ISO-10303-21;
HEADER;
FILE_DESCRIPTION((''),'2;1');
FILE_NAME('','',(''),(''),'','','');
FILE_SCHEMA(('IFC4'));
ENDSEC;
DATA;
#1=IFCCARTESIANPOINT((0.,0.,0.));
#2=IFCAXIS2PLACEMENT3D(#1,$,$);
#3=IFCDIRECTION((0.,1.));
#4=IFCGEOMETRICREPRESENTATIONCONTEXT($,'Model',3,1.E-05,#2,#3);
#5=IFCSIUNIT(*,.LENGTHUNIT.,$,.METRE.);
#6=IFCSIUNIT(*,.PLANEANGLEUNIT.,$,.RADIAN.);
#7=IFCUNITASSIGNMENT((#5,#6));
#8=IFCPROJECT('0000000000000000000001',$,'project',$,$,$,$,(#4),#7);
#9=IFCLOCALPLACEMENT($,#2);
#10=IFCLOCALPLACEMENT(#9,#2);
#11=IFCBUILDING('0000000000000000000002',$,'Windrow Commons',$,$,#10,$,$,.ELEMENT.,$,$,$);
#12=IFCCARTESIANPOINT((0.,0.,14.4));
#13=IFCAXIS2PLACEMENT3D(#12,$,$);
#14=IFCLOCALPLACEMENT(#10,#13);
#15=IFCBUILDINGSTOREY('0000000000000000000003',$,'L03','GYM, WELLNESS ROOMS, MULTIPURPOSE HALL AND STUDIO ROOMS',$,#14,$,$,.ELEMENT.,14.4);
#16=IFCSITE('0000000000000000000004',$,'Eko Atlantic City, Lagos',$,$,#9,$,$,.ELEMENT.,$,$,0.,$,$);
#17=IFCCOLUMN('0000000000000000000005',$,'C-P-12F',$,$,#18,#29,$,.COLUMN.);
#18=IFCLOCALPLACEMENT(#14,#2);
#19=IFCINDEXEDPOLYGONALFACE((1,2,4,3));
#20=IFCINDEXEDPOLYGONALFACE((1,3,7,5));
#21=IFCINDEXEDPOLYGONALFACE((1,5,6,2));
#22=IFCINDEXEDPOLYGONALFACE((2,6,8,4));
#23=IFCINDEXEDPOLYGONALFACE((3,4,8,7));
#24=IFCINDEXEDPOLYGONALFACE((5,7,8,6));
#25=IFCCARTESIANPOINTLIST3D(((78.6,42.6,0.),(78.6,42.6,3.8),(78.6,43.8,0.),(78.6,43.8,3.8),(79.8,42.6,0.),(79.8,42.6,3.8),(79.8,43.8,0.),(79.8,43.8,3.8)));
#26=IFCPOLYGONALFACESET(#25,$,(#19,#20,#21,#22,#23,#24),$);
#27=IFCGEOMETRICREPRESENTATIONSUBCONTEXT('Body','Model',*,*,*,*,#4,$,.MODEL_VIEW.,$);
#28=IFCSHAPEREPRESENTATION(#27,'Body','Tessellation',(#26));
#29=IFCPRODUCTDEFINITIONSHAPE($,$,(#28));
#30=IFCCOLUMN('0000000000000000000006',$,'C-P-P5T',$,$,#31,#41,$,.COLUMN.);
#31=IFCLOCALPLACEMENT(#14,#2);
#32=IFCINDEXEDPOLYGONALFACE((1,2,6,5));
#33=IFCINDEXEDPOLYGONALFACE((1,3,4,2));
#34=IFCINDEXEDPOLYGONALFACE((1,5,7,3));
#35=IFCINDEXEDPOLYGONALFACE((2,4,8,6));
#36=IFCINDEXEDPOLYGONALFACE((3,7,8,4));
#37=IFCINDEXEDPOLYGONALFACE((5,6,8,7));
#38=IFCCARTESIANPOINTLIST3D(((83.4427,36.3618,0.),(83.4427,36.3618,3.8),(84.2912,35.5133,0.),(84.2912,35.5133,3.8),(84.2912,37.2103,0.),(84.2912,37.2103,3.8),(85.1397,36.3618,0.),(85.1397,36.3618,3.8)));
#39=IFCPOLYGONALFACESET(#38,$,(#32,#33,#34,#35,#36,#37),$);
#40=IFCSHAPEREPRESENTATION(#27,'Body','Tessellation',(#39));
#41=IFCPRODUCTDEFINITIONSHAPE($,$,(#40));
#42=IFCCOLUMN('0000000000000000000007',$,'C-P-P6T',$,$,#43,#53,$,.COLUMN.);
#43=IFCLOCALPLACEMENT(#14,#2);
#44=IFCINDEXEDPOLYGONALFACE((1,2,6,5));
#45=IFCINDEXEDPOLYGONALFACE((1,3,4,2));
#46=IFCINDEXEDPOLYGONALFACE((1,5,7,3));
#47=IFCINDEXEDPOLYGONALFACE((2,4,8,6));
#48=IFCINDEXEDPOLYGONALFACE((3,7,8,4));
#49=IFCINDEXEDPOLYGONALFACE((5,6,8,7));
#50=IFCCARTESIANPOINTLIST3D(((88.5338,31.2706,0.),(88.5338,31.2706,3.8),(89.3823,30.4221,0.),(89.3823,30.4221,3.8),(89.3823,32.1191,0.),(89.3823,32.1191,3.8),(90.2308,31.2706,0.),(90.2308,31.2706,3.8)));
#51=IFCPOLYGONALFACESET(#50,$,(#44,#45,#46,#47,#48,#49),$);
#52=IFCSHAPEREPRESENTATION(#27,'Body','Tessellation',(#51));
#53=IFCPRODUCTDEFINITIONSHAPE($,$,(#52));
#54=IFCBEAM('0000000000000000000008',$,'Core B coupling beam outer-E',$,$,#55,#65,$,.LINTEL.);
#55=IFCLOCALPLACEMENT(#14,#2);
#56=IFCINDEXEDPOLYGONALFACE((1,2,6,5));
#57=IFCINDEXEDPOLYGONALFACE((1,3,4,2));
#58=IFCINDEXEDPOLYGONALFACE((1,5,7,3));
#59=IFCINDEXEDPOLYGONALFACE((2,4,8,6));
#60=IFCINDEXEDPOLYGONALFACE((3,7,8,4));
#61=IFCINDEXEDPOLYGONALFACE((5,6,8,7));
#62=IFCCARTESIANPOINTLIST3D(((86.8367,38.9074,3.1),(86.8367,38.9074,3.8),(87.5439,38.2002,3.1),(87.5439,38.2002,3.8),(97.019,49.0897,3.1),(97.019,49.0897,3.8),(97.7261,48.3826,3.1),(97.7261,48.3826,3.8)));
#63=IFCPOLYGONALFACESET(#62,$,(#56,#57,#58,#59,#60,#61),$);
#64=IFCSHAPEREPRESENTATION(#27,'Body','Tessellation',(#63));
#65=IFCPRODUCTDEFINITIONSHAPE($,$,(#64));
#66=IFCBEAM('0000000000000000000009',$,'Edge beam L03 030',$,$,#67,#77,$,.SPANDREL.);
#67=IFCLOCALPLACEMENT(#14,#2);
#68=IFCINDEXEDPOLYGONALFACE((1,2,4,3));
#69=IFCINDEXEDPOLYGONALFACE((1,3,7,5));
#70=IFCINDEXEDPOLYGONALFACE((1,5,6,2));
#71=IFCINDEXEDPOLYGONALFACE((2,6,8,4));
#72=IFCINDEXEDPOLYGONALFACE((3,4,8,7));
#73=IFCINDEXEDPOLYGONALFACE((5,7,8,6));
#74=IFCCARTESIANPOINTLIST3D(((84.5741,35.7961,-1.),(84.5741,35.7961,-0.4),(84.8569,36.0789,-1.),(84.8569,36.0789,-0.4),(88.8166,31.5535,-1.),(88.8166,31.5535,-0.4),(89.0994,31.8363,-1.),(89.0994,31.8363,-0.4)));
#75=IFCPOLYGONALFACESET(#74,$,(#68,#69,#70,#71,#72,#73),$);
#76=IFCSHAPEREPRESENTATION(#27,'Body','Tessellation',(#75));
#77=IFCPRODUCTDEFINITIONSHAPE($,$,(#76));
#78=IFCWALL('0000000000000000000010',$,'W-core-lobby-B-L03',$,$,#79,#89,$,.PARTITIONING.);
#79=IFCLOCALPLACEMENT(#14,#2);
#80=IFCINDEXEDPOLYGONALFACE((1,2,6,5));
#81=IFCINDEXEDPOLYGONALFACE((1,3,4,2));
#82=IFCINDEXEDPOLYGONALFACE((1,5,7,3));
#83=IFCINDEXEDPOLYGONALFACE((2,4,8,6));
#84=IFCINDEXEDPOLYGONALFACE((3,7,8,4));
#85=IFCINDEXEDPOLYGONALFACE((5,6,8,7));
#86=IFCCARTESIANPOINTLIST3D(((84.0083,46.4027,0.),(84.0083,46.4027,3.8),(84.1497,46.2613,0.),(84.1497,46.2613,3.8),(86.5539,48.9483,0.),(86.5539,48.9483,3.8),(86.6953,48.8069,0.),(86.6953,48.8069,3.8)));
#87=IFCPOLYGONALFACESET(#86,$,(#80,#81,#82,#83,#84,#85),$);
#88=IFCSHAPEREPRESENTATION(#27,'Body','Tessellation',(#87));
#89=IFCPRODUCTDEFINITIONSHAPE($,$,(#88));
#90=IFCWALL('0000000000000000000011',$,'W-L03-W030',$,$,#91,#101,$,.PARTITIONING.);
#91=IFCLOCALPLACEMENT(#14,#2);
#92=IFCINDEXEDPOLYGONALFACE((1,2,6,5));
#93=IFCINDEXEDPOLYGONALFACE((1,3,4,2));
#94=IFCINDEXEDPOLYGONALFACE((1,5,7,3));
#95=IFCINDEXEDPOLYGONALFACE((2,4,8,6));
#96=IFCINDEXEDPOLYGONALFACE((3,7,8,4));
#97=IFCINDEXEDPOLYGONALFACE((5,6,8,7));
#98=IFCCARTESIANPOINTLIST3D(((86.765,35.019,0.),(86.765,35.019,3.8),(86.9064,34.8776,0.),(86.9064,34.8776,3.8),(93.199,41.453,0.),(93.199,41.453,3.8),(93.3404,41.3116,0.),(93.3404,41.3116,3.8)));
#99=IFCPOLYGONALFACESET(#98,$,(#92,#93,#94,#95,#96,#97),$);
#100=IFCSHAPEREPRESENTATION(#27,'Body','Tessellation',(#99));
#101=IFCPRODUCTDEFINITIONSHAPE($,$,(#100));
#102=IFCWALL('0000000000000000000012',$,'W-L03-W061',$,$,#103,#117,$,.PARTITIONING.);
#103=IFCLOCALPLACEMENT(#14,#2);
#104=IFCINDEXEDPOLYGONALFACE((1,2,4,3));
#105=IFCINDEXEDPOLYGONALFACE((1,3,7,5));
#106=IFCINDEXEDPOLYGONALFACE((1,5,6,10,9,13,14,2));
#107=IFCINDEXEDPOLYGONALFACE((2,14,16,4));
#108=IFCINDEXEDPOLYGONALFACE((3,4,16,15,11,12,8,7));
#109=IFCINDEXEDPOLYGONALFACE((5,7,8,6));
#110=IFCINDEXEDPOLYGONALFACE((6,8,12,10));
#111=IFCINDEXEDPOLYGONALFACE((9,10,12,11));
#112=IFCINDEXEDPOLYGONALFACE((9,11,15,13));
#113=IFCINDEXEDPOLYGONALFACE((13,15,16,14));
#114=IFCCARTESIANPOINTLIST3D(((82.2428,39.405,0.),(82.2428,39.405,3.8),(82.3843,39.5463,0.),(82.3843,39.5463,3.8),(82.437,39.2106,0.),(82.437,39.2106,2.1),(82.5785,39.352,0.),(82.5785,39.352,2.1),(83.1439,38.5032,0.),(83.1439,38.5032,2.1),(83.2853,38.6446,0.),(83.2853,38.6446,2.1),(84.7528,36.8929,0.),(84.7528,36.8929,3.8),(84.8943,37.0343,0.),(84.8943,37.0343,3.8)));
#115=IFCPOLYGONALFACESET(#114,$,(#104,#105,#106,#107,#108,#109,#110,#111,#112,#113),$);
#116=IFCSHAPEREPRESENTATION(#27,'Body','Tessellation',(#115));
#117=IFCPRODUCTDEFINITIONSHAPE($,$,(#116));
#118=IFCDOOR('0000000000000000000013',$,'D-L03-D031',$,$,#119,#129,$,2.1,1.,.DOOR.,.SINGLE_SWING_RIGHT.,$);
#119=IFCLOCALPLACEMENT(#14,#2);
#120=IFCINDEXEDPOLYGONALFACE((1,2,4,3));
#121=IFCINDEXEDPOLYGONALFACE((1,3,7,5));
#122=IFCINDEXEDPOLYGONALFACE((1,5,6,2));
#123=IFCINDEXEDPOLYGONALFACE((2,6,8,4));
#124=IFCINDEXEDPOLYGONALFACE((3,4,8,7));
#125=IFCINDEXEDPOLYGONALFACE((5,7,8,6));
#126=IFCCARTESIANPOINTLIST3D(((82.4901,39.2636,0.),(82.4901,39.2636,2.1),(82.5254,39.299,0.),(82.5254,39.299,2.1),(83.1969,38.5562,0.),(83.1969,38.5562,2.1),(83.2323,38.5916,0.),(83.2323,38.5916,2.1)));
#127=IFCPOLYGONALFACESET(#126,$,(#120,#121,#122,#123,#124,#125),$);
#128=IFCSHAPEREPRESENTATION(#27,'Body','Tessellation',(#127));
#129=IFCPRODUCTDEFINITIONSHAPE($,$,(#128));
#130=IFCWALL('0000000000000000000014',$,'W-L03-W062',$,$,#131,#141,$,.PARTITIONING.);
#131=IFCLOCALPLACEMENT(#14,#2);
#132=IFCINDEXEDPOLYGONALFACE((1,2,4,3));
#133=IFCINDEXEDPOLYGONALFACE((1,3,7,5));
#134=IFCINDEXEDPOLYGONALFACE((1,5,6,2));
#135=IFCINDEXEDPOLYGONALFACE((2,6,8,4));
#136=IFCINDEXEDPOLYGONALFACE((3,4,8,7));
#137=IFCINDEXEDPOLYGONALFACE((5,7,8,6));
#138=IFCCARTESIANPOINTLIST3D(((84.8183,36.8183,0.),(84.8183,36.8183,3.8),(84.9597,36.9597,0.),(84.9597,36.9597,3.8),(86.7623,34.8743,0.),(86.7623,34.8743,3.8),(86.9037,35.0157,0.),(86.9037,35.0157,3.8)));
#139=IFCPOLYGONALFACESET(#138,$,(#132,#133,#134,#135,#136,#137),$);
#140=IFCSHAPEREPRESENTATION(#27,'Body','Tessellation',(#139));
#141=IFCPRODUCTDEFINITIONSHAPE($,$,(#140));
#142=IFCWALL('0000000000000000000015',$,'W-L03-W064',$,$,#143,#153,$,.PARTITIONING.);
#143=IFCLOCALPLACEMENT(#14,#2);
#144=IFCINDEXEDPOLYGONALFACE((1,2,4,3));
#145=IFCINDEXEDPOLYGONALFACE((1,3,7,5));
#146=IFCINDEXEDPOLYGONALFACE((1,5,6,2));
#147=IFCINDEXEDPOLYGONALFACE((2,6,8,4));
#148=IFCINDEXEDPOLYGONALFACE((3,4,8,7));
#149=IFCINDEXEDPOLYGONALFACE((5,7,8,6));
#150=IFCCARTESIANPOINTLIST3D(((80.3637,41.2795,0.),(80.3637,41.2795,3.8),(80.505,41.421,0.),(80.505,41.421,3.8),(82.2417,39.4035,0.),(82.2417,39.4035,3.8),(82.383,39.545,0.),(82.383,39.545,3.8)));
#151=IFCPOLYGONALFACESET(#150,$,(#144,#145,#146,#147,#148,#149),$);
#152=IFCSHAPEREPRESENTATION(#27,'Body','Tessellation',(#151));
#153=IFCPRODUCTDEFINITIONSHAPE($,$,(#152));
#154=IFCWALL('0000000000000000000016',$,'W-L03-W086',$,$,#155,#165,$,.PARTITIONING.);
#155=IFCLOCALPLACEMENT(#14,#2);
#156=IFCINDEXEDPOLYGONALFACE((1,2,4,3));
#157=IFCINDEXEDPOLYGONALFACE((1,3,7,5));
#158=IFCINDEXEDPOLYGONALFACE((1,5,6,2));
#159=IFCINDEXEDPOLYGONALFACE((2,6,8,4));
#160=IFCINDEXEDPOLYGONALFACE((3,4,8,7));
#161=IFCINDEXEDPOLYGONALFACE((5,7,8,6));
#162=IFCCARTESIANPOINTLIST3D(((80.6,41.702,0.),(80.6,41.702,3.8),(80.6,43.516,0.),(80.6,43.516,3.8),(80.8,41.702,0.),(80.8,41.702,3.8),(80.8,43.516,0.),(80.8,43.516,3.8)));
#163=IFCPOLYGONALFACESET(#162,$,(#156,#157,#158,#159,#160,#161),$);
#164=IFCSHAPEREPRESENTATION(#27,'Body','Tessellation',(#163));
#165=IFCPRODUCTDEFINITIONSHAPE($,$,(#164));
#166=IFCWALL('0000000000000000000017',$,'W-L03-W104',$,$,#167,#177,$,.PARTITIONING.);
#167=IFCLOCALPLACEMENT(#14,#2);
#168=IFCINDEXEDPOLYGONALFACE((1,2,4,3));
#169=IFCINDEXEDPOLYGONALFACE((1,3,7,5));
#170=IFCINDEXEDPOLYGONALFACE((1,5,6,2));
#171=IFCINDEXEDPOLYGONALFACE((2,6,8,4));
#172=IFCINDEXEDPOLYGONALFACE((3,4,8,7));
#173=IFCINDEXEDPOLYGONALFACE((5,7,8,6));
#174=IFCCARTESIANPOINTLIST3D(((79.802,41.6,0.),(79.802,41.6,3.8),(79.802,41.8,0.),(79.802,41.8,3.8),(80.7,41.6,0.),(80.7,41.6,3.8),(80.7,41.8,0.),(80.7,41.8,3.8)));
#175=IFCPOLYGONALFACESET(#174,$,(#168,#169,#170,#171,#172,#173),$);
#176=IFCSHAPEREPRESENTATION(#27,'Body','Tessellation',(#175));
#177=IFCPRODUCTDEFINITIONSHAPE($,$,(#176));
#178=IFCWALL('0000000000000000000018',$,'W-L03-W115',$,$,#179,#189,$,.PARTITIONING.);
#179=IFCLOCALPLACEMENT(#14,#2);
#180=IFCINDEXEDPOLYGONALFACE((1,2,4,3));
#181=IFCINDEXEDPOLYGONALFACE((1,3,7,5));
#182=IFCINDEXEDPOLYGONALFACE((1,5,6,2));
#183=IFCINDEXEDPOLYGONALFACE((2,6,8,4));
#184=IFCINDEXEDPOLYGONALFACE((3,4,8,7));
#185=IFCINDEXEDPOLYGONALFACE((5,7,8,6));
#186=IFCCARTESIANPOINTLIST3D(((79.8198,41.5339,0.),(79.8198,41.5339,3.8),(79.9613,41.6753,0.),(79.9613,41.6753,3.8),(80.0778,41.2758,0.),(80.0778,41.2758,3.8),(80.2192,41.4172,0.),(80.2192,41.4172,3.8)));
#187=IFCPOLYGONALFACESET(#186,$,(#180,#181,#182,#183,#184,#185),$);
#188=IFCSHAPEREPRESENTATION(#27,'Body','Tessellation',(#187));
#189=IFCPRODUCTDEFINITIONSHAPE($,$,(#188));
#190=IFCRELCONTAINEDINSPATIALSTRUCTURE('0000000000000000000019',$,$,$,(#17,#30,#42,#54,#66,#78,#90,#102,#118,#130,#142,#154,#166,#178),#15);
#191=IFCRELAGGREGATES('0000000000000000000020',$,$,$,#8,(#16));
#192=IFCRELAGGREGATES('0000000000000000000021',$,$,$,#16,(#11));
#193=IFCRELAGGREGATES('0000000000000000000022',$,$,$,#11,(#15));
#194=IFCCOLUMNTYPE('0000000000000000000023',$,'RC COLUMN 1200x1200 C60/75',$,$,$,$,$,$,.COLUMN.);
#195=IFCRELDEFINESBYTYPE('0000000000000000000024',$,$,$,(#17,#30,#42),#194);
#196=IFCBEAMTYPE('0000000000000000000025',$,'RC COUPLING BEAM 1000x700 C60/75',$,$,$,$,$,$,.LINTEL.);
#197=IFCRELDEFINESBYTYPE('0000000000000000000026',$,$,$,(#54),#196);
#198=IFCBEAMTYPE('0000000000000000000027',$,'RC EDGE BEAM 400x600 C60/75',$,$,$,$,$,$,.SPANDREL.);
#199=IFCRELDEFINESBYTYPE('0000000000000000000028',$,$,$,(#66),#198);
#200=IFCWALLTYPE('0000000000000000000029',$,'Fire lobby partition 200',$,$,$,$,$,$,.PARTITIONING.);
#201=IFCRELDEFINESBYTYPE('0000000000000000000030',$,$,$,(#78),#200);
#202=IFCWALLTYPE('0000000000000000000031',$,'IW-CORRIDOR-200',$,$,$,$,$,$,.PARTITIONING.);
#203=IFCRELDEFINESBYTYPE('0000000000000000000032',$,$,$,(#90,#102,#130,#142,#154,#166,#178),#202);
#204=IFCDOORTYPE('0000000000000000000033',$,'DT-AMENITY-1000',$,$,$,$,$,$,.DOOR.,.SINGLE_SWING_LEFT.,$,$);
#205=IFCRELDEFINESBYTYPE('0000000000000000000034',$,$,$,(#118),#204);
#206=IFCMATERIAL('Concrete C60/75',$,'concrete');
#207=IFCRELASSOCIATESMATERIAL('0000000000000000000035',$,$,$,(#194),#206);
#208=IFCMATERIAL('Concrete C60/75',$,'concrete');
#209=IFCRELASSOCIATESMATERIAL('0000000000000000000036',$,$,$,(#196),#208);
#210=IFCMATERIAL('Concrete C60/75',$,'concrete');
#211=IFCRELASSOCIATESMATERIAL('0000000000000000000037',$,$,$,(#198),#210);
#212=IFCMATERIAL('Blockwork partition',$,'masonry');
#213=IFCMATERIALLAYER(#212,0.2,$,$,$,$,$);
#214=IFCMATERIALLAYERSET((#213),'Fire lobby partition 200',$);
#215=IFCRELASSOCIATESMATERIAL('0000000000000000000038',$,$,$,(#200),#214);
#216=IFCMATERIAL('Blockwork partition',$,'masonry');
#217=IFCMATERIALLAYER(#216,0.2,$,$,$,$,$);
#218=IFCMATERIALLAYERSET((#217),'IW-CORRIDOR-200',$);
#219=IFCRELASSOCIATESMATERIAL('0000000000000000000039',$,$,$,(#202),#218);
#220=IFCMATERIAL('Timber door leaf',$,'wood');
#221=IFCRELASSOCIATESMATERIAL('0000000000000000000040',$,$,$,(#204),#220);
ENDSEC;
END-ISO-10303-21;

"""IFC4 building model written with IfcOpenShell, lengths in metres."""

from ifc_helpers import new_model, si_unit, direction, frame, frame_2d, origin, origin_2d, place, context, subcontext, project, spatial, rectangle, extrude, material, layer, layer_set, material_profile, profile_set, type_object, element, fill, save


model = new_model("IFC4")

# Units and contexts
model_context = context("Model", 3, precision=1e-05, world=origin(), true_north=direction((0.0, 1.0)))
body_context = subcontext(model_context, "Body", "Model", "MODEL_VIEW")
ifc_project = project(units=[si_unit("LENGTHUNIT", "METRE"), si_unit("PLANEANGLEUNIT", "RADIAN")], contexts=[model_context])

# Site, building, storey
site_placement = place(None, origin())
site = spatial("IfcSite", under=ifc_project, at=site_placement, Name="Eko Atlantic City, Lagos", CompositionType="ELEMENT", RefElevation=0.0)
building_placement = place(site_placement, origin())
building = spatial("IfcBuilding", under=site, at=building_placement, Name="Windrow Commons", CompositionType="ELEMENT")
storey_placement = place(building_placement, frame((0.0, 0.0, 14.4)))
storey = spatial("IfcBuildingStorey", under=building, at=storey_placement, Name="L03", Description="GYM, WELLNESS ROOMS, MULTIPURPOSE HALL AND STUDIO ROOMS", CompositionType="ELEMENT", Elevation=14.4)

# Columns
ifc_material_1 = material(Name="Concrete C60/75", Category="concrete")
ifc_material_profile_1 = material_profile(ifc_material_1, rectangle(XDim=1.2, YDim=1.2, at=origin_2d()))
ifc_profile_set_1 = profile_set([ifc_material_profile_1], Name="Concrete C60/75")
column_type = type_object("IfcColumnType", Name="RC COLUMN 1200x1200 C60/75", PredefinedType="COLUMN", material=ifc_profile_set_1)
for number, where, z_axis, x_axis, name in (
    (1, (79.2, 43.2, 0.0), (0.0, 0.0, 1.0), (1.0, 0.0, 0.0), "C-P-12F"),
    (2, (84.2912, 36.3618, 0.0), (0.0, 0.0, 1.0), (0.707107, -0.707107, 0.0), "C-P-P5T"),
    (3, (89.3823, 31.2706, 0.0), (0.0, 0.0, 1.0), (0.707107, -0.707107, 0.0), "C-P-P6T"),
):
    element("IfcColumn", number, at=place(storey_placement, frame(where, z_axis=z_axis, x_axis=x_axis)), inside=storey, type_object=column_type, Name=name, PredefinedType="COLUMN", context=body_context, shape_type="SweptSolid", body=[
        extrude(rectangle(XDim=1.2, YDim=1.2, at=origin_2d()), origin(), (0.0, 0.0, 1.0), 3.8),
    ])

# Beams
ifc_material_2 = material(Name="Concrete C60/75", Category="concrete")
ifc_material_profile_2 = material_profile(ifc_material_2, rectangle(XDim=1.0, YDim=0.7, at=origin_2d()))
ifc_profile_set_2 = profile_set([ifc_material_profile_2], Name="Concrete C60/75")
beam_type_1 = type_object("IfcBeamType", Name="RC COUPLING BEAM 1000x700 C60/75", PredefinedType="LINTEL", material=ifc_profile_set_2)
beam_1_placement = place(storey_placement, frame((87.1903, 38.5538, 3.45), z_axis=(0.707103, 0.70711, 0.0), x_axis=(-0.70711, 0.707103, 0.0)))
element("IfcBeam", 4, at=beam_1_placement, inside=storey, type_object=beam_type_1, Name="Core B coupling beam outer-E", PredefinedType="LINTEL", context=body_context, shape_type="SweptSolid", body=[
    extrude(rectangle(XDim=1.0, YDim=0.7, at=origin_2d()), origin(), (0.0, 0.0, 1.0), 14.4),
])
ifc_material_3 = material(Name="Concrete C60/75", Category="concrete")
ifc_material_profile_3 = material_profile(ifc_material_3, rectangle(XDim=0.4, YDim=0.6, at=origin_2d()))
ifc_profile_set_3 = profile_set([ifc_material_profile_3], Name="Concrete C60/75")
beam_type_2 = type_object("IfcBeamType", Name="RC EDGE BEAM 400x600 C60/75", PredefinedType="SPANDREL", material=ifc_profile_set_3)
beam_2_placement = place(storey_placement, frame((88.958, 31.6949, -0.7), z_axis=(-0.707098, 0.707115, 0.0), x_axis=(-0.707115, -0.707098, 0.0)))
element("IfcBeam", 5, at=beam_2_placement, inside=storey, type_object=beam_type_2, Name="Edge beam L03 030", PredefinedType="SPANDREL", context=body_context, shape_type="SweptSolid", body=[
    extrude(rectangle(XDim=0.4, YDim=0.6, at=origin_2d()), origin(), (0.0, 0.0, 1.0), 5.9999),
])

# Walls
ifc_material_4 = material(Name="Blockwork partition", Category="masonry")
ifc_layer_1 = layer(ifc_material_4, 0.2)
ifc_layer_set_1 = layer_set([ifc_layer_1], Name="Fire lobby partition 200")
wall_type_1 = type_object("IfcWallType", Name="Fire lobby partition 200", PredefinedType="PARTITIONING", material=ifc_layer_set_1)
wall_1_placement = place(storey_placement, frame((84.079, 46.332, 0.0), z_axis=(0.0, 0.0, 1.0), x_axis=(0.707107, 0.707107, 0.0)))
element("IfcWall", 6, at=wall_1_placement, inside=storey, type_object=wall_type_1, Name="W-core-lobby-B-L03", PredefinedType="PARTITIONING", context=body_context, shape_type="SweptSolid", body=[
    extrude(rectangle(XDim=3.6, YDim=0.2, at=frame_2d((1.8, 0.0))), origin(), (0.0, 0.0, 1.0), 3.8),
])
ifc_material_5 = material(Name="Blockwork partition", Category="masonry")
ifc_layer_2 = layer(ifc_material_5, 0.2)
ifc_layer_set_2 = layer_set([ifc_layer_2], Name="IW-CORRIDOR-200")
wall_type_2 = type_object("IfcWallType", Name="IW-CORRIDOR-200", PredefinedType="PARTITIONING", material=ifc_layer_set_2)
wall_2_placement = place(storey_placement, frame((86.8357, 34.9483, 0.0), z_axis=(0.0, 0.0, 1.0), x_axis=(0.707107, 0.707107, 0.0)))
element("IfcWall", 7, at=wall_2_placement, inside=storey, type_object=wall_type_2, Name="W-L03-W030", PredefinedType="PARTITIONING", context=body_context, shape_type="SweptSolid", body=[
    extrude(rectangle(XDim=9.0991, YDim=0.2, at=frame_2d((4.5495, 0.0))), origin(), (0.0, 0.0, 1.0), 3.8),
])

# Wall, opening, door
wall_3_placement = place(storey_placement, frame((82.3136, 39.4756, 0.0), z_axis=(0.0, 0.0, 1.0), x_axis=(0.706825, -0.707388, 0.0)))
wall_3 = element("IfcWall", 8, at=wall_3_placement, inside=storey, type_object=wall_type_2, Name="W-L03-W061", PredefinedType="PARTITIONING", context=body_context, shape_type="SweptSolid", body=[
    extrude(rectangle(XDim=3.5511, YDim=0.2, at=frame_2d((1.7755, 0.0))), origin(), (0.0, 0.0, 1.0), 3.8),
])
opening_1_placement = place(wall_3_placement, frame((0.2747, 0.0, 0.0)))
opening_1 = element("IfcOpeningElement", 9, at=opening_1_placement, cuts=wall_3, PredefinedType="OPENING", context=body_context, shape_type="SweptSolid", body=[
    extrude(rectangle(XDim=1.0, YDim=2.1, at=frame_2d((0.5, 1.05))), frame((0.0, 0.11, 0.0), z_axis=(0.0, -1.0, 0.0), x_axis=(1.0, 0.0, 0.0)), (0.0, 0.0, 1.0), 0.22),
])
ifc_material_6 = material(Name="Timber door leaf", Category="wood")
door_type_1 = type_object("IfcDoorType", Name="DT-AMENITY-1000", OperationType="SINGLE_SWING_LEFT", PredefinedType="DOOR", material=ifc_material_6)
door_1_placement = place(opening_1_placement, origin())
door_1 = element("IfcDoor", 10, at=door_1_placement, inside=storey, type_object=door_type_1, Name="D-L03-D031", OperationType="SINGLE_SWING_RIGHT", OverallHeight=2.1, OverallWidth=1.0, PredefinedType="DOOR", context=body_context, shape_type="SweptSolid", body=[
    extrude(rectangle(XDim=1.0, YDim=2.1, at=frame_2d((0.5, 1.05))), frame((0.0, 0.025, 0.0), z_axis=(0.0, -1.0, 0.0), x_axis=(1.0, 0.0, 0.0)), (0.0, 0.0, 1.0), 0.05),
])
fill(opening_1, door_1)

# Walls
wall_4_placement = place(storey_placement, frame((84.889, 36.889, 0.0), z_axis=(0.0, 0.0, 1.0), x_axis=(0.707107, -0.707107, 0.0)))
element("IfcWall", 11, at=wall_4_placement, inside=storey, type_object=wall_type_2, Name="W-L03-W062", PredefinedType="PARTITIONING", context=body_context, shape_type="SweptSolid", body=[
    extrude(rectangle(XDim=2.7492, YDim=0.2, at=frame_2d((1.3746, 0.0))), origin(), (0.0, 0.0, 1.0), 3.8),
])
wall_5_placement = place(storey_placement, frame((80.4343, 41.3503, 0.0), z_axis=(0.0, 0.0, 1.0), x_axis=(0.707483, -0.70673, 0.0)))
element("IfcWall", 12, at=wall_5_placement, inside=storey, type_object=wall_type_2, Name="W-L03-W064", PredefinedType="PARTITIONING", context=body_context, shape_type="SweptSolid", body=[
    extrude(rectangle(XDim=2.6545, YDim=0.2, at=frame_2d((1.3273, 0.0))), origin(), (0.0, 0.0, 1.0), 3.8),
])
wall_6_placement = place(storey_placement, frame((80.7, 41.702, 0.0), z_axis=(0.0, 0.0, 1.0), x_axis=(0.0, 1.0, 0.0)))
element("IfcWall", 13, at=wall_6_placement, inside=storey, type_object=wall_type_2, Name="W-L03-W086", PredefinedType="PARTITIONING", context=body_context, shape_type="SweptSolid", body=[
    extrude(rectangle(XDim=1.814, YDim=0.2, at=frame_2d((0.907, 0.0))), origin(), (0.0, 0.0, 1.0), 3.8),
])
wall_7_placement = place(storey_placement, frame((79.802, 41.7, 0.0), z_axis=(0.0, 0.0, 1.0), x_axis=(1.0, 0.0, 0.0)))
element("IfcWall", 14, at=wall_7_placement, inside=storey, type_object=wall_type_2, Name="W-L03-W104", PredefinedType="PARTITIONING", context=body_context, shape_type="SweptSolid", body=[
    extrude(rectangle(XDim=0.898, YDim=0.2, at=frame_2d((0.449, 0.0))), origin(), (0.0, 0.0, 1.0), 3.8),
])
wall_8_placement = place(storey_placement, frame((79.8905, 41.6046, 0.0), z_axis=(0.0, 0.0, 1.0), x_axis=(0.70697, -0.707244, 0.0)))
element("IfcWall", 15, at=wall_8_placement, inside=storey, type_object=wall_type_2, Name="W-L03-W115", PredefinedType="PARTITIONING", context=body_context, shape_type="SweptSolid", body=[
    extrude(rectangle(XDim=0.3649, YDim=0.2, at=frame_2d((0.1825, 0.0))), origin(), (0.0, 0.0, 1.0), 3.8),
])

save(model, "model.ifc")
